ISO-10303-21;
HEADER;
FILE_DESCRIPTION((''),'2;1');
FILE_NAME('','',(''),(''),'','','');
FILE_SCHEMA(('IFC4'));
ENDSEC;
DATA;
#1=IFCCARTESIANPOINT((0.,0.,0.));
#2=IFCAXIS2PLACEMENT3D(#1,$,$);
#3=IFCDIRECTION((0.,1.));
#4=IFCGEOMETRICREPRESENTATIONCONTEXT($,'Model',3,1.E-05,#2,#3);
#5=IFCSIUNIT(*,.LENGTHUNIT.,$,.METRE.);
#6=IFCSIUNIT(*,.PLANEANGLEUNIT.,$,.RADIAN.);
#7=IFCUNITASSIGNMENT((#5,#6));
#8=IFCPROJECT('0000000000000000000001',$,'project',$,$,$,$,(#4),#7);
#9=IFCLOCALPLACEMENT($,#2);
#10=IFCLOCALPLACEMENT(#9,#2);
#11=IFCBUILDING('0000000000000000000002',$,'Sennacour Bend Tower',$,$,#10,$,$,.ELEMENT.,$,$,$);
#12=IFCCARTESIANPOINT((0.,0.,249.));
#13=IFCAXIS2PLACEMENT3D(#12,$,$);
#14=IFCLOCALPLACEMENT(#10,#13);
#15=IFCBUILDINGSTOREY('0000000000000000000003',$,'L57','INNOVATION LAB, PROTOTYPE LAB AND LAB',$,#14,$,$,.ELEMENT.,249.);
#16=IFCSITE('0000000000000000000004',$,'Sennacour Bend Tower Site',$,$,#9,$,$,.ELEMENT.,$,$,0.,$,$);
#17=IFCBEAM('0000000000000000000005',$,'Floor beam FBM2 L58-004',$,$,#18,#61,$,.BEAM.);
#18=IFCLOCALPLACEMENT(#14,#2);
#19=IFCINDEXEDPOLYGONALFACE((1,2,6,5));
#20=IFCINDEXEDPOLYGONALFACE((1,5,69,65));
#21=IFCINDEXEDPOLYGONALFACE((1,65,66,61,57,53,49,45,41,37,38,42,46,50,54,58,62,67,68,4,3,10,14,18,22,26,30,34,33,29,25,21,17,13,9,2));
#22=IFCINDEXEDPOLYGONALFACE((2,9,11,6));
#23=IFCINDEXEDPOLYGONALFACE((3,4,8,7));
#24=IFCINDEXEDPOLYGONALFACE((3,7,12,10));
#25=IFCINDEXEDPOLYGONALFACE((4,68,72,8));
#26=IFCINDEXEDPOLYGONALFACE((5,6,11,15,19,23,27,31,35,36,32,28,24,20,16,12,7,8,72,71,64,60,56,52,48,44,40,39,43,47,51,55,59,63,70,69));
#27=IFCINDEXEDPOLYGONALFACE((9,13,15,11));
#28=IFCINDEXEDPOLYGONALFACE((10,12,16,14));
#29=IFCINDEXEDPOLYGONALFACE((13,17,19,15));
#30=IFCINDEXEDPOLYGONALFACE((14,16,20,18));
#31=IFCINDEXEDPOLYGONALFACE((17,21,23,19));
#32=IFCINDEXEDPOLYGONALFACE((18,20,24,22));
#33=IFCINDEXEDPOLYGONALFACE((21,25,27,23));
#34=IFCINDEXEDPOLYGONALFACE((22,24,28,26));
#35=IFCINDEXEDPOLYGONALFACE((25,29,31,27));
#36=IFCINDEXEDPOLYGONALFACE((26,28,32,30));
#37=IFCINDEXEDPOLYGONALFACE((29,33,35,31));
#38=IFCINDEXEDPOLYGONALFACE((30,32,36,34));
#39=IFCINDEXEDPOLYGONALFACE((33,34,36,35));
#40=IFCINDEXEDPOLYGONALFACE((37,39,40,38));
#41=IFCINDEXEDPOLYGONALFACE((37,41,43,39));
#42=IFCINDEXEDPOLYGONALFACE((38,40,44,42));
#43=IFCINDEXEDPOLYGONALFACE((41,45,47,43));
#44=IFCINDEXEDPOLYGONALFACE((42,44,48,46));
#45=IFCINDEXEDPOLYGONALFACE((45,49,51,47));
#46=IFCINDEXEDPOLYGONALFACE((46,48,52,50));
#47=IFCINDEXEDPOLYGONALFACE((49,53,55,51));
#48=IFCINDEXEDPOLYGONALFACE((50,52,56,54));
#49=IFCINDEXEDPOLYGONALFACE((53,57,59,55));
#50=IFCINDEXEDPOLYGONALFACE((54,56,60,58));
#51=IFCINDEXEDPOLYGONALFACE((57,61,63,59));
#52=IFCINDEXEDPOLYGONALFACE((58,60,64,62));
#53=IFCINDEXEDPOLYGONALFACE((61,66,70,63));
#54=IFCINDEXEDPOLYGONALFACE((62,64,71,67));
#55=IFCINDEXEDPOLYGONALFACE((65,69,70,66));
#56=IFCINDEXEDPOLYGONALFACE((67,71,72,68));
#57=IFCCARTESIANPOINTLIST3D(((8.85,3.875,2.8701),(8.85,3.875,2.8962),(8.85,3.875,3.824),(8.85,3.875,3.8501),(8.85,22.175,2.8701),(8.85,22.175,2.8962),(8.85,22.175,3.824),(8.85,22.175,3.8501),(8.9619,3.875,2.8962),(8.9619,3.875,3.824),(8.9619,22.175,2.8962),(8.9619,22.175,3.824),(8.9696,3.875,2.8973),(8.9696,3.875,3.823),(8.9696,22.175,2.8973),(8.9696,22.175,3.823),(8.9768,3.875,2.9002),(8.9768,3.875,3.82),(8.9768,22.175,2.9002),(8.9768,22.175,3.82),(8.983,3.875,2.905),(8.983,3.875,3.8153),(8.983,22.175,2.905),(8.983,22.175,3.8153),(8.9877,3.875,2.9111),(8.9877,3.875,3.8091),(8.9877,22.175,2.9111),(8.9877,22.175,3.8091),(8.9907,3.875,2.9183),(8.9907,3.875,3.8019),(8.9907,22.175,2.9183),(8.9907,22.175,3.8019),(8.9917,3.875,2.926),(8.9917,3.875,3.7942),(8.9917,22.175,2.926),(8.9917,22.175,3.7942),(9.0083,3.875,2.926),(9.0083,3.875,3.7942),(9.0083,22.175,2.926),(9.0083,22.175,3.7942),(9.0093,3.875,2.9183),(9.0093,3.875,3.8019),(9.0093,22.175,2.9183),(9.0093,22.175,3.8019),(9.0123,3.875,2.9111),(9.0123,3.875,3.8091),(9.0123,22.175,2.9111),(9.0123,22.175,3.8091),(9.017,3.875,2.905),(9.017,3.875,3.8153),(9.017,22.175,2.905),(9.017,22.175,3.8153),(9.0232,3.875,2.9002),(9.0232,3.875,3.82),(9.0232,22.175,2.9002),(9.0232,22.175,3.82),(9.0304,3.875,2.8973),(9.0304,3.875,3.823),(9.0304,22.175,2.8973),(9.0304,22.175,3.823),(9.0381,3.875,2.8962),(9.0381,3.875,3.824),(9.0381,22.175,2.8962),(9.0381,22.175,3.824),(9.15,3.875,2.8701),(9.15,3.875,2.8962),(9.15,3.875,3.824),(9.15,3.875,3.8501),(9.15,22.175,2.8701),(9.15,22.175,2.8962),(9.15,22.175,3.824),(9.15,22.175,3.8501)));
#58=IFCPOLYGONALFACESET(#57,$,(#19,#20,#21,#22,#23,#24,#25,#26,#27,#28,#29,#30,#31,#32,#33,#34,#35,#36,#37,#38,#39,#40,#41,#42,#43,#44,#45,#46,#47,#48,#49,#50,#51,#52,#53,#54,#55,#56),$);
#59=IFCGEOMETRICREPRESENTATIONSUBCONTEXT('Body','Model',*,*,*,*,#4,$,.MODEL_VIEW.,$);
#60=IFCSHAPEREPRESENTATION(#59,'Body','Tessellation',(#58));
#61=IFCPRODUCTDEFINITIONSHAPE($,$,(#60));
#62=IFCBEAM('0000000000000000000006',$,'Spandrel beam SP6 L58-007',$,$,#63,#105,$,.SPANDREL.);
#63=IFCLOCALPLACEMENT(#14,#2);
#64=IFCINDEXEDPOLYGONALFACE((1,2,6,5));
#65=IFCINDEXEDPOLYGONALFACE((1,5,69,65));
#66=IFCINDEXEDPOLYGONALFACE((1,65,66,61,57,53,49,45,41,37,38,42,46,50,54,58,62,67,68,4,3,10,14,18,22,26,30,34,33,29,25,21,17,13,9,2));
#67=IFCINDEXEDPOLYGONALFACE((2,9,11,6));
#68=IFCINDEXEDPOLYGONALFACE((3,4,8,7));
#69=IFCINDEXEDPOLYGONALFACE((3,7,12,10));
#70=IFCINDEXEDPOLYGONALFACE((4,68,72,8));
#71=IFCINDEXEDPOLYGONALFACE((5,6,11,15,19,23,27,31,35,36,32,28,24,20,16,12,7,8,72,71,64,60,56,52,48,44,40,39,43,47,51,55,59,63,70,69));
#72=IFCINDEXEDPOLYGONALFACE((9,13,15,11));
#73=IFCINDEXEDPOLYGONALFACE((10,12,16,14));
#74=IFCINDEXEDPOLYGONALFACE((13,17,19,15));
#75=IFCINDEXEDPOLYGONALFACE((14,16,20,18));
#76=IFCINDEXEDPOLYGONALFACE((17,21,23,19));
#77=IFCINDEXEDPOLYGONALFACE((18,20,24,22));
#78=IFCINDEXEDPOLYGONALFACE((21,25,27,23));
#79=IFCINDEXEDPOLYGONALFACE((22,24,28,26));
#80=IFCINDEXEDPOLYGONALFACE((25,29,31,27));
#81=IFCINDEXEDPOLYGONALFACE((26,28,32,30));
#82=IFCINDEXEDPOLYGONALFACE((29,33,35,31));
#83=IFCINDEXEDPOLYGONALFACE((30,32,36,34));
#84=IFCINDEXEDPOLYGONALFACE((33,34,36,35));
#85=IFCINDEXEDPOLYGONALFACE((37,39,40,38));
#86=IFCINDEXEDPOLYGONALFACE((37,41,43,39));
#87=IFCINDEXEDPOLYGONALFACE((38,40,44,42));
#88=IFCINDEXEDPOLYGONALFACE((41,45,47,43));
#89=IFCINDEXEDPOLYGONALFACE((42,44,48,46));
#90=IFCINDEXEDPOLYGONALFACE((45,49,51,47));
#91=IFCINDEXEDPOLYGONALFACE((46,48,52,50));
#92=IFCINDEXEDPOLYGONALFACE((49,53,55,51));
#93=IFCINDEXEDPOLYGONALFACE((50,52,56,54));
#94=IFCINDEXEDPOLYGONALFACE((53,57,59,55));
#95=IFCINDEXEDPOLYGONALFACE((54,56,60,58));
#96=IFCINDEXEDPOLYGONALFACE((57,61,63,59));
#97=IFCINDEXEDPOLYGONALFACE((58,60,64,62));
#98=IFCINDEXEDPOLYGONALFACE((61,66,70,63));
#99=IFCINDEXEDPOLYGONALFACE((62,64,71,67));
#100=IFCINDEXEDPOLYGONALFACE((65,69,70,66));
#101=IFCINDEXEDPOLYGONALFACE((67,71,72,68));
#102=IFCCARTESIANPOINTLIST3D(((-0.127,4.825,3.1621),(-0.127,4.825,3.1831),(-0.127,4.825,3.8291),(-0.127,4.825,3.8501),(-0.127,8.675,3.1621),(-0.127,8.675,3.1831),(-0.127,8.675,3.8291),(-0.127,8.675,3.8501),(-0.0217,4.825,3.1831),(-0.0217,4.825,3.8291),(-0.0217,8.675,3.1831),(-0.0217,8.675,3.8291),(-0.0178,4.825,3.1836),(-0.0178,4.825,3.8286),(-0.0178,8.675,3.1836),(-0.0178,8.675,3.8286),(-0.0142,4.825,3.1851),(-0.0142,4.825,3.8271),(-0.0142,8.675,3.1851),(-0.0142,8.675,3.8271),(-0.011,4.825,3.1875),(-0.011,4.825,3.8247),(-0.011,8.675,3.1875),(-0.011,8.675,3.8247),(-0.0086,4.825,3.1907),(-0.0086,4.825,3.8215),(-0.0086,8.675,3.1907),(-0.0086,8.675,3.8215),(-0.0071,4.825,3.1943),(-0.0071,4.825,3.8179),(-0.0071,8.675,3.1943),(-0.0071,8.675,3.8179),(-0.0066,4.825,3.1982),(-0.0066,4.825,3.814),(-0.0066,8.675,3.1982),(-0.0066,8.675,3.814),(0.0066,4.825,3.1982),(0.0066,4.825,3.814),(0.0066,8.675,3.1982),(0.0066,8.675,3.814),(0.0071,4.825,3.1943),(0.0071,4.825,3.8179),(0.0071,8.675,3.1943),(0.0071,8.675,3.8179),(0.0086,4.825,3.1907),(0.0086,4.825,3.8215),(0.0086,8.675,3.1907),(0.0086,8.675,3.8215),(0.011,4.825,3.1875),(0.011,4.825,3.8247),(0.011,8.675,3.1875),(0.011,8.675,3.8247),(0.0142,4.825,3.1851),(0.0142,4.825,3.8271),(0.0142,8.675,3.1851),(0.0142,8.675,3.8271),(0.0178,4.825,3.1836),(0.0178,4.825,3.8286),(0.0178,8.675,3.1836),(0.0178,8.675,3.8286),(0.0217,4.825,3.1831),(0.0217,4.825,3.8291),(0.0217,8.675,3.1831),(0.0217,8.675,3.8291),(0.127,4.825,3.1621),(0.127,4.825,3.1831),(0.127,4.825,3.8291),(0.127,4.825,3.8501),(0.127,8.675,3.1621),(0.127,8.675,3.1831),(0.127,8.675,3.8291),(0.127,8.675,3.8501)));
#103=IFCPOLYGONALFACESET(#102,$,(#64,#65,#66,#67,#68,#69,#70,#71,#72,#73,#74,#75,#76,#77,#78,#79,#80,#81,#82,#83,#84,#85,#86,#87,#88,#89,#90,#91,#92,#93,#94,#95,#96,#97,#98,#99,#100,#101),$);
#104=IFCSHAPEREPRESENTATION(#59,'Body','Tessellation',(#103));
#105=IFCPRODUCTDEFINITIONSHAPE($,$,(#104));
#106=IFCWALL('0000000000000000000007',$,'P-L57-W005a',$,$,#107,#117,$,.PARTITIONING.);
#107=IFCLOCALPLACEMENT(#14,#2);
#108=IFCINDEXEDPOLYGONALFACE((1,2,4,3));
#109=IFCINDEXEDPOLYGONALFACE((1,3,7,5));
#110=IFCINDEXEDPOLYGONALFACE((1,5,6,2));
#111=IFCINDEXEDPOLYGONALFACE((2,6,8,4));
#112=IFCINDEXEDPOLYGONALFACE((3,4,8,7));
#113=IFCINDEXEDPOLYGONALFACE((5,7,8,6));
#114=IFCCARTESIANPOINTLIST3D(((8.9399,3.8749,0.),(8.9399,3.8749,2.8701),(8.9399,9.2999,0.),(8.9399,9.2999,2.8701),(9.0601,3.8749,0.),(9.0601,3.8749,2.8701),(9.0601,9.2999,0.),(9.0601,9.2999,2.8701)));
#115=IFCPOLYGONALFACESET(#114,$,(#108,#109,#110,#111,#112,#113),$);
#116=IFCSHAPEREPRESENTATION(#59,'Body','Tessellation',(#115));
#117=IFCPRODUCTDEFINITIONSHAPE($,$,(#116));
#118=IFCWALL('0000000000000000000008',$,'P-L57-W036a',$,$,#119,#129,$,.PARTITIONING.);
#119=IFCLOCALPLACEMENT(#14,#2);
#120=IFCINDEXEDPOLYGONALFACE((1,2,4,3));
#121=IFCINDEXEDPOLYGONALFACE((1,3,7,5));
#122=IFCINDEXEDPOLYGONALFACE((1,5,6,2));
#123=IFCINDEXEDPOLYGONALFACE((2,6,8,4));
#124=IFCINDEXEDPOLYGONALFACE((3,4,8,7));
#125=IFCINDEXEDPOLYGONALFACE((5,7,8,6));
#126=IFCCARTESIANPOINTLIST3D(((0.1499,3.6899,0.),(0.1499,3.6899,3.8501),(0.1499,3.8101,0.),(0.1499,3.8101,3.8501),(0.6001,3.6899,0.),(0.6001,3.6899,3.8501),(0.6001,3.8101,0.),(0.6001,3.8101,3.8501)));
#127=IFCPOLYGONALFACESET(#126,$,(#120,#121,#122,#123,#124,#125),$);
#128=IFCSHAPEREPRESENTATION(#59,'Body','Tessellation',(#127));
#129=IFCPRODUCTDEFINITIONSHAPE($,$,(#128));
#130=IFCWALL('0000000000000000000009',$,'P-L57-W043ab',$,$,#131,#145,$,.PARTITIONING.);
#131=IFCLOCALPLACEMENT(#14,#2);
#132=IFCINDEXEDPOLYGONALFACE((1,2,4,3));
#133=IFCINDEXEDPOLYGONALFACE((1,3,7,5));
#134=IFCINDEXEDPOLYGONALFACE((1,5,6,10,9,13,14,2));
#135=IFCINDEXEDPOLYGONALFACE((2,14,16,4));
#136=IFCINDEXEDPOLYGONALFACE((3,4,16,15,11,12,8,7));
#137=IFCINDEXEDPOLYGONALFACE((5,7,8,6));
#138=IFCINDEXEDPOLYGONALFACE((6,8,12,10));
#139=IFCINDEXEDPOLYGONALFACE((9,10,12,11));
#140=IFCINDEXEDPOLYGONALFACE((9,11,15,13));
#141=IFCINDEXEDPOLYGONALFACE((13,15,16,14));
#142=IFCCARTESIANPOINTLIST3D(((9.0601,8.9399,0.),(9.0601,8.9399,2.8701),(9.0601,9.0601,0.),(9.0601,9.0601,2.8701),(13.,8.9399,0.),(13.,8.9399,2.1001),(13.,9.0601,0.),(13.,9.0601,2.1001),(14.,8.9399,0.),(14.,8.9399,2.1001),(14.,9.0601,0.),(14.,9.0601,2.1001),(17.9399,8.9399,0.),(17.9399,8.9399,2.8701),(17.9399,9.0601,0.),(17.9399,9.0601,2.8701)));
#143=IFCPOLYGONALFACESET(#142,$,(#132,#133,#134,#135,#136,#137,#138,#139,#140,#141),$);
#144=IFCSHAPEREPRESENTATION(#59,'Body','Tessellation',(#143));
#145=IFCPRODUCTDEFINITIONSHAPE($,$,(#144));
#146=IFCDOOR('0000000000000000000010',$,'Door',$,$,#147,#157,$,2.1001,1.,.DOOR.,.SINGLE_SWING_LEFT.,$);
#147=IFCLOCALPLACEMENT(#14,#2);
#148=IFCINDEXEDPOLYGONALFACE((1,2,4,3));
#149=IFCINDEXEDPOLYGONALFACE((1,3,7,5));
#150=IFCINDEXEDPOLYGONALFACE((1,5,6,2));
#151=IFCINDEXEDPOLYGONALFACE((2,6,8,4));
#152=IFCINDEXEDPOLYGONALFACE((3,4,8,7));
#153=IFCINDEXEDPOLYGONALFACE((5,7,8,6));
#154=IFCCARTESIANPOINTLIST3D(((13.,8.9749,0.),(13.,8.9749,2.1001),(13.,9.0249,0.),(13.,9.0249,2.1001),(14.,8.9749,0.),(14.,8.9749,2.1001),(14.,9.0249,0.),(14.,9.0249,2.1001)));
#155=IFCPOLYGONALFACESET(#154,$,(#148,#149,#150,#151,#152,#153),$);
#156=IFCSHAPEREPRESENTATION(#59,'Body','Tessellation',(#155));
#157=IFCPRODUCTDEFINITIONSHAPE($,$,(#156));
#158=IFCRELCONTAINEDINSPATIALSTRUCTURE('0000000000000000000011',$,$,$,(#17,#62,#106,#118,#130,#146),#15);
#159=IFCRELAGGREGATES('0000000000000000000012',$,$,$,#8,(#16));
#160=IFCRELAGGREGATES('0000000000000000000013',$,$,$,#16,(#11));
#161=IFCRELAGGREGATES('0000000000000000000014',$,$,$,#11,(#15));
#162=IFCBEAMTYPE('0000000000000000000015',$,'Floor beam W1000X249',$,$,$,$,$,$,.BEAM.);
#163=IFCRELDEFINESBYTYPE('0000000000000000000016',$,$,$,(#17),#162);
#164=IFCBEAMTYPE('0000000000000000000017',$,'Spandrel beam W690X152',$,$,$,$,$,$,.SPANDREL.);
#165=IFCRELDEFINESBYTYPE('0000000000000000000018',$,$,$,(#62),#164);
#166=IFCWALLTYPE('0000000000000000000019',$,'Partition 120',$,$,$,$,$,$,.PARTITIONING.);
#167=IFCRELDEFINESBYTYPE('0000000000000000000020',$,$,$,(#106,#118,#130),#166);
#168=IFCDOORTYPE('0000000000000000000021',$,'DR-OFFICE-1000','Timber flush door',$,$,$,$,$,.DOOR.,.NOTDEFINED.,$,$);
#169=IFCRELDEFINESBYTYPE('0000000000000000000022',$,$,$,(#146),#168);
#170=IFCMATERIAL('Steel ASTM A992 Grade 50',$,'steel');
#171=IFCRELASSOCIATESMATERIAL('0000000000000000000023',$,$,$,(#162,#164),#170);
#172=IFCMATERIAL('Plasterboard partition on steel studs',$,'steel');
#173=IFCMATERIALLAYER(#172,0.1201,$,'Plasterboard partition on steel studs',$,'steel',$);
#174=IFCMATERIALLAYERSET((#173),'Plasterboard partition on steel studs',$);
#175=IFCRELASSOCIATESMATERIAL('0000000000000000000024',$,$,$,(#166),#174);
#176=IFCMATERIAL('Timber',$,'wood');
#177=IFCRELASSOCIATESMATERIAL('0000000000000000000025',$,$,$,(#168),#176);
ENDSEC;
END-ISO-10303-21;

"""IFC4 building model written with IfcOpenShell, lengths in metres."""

from ifc_helpers import new_model, si_unit, direction, frame, frame_2d, origin, origin_2d, place, context, subcontext, project, spatial, rectangle, i_section, extrude, material, layer, layer_set, material_profile, profile_set, type_object, element, fill, save


model = new_model("IFC4")

# Units and contexts
model_context = context("Model", 3, precision=1e-05, world=origin(), true_north=direction((0.0, 1.0)))
body_context = subcontext(model_context, "Body", "Model", "MODEL_VIEW")
ifc_project = project(units=[si_unit("LENGTHUNIT", "METRE"), si_unit("PLANEANGLEUNIT", "RADIAN")], contexts=[model_context])

# Site, building, storey
site_placement = place(None, origin())
site = spatial("IfcSite", under=ifc_project, at=site_placement, Name="Sennacour Bend Tower Site", CompositionType="ELEMENT", RefElevation=0.0)
building_placement = place(site_placement, origin())
building = spatial("IfcBuilding", under=site, at=building_placement, Name="Sennacour Bend Tower", CompositionType="ELEMENT")
storey_placement = place(building_placement, frame((0.0, 0.0, 249.0)))
storey = spatial("IfcBuildingStorey", under=building, at=storey_placement, Name="L57", Description="INNOVATION LAB, PROTOTYPE LAB AND LAB", CompositionType="ELEMENT", Elevation=249.0)

# Beams
ifc_material_1 = material(Name="Steel ASTM A992 Grade 50", Category="steel")
ifc_material_profile_1 = material_profile(ifc_material_1, i_section(OverallWidth=0.3, OverallDepth=0.98, WebThickness=0.0166, FlangeThickness=0.0261, FilletRadius=0.0298, at=origin_2d()), Name="Steel ASTM A992 Grade 50", Category="steel")
ifc_profile_set_1 = profile_set([ifc_material_profile_1], Name="Steel ASTM A992 Grade 50")
beam_type_1 = type_object("IfcBeamType", Name="Floor beam W1000X249", PredefinedType="BEAM", material=ifc_profile_set_1)
beam_1_placement = place(storey_placement, frame((9.0, 3.875, 3.3601), z_axis=(0.0, 1.0, 0.0), x_axis=(-1.0, 0.0, 0.0)))
element("IfcBeam", 1, at=beam_1_placement, inside=storey, type_object=beam_type_1, Name="Floor beam FBM2 L58-004", PredefinedType="BEAM", context=body_context, shape_type="SweptSolid", body=[
    extrude(i_section(OverallWidth=0.3, OverallDepth=0.98, WebThickness=0.0166, FlangeThickness=0.0261, FilletRadius=0.0298, at=origin_2d()), origin(), (0.0, 0.0, 1.0), 18.3),
])
ifc_material_profile_2 = material_profile(ifc_material_1, i_section(OverallWidth=0.2539, OverallDepth=0.688, WebThickness=0.0132, FlangeThickness=0.021, FilletRadius=0.0151, at=origin_2d()), Name="Steel ASTM A992 Grade 50", Category="steel")
ifc_profile_set_2 = profile_set([ifc_material_profile_2], Name="Steel ASTM A992 Grade 50")
beam_type_2 = type_object("IfcBeamType", Name="Spandrel beam W690X152", PredefinedType="SPANDREL", material=ifc_profile_set_2)
beam_2_placement = place(storey_placement, frame((0.0, 4.825, 3.5061), z_axis=(0.0, 1.0, 0.0), x_axis=(-1.0, 0.0, 0.0)))
element("IfcBeam", 2, at=beam_2_placement, inside=storey, type_object=beam_type_2, Name="Spandrel beam SP6 L58-007", PredefinedType="SPANDREL", context=body_context, shape_type="SweptSolid", body=[
    extrude(i_section(OverallWidth=0.2539, OverallDepth=0.688, WebThickness=0.0132, FlangeThickness=0.021, FilletRadius=0.0151, at=origin_2d()), origin(), (0.0, 0.0, 1.0), 3.8501),
])

# Walls
ifc_material_2 = material(Name="Plasterboard partition on steel studs", Category="steel")
ifc_layer_1 = layer(ifc_material_2, 0.1201, Name="Plasterboard partition on steel studs", Category="steel")
ifc_layer_set_1 = layer_set([ifc_layer_1], Name="Plasterboard partition on steel studs")
wall_type_1 = type_object("IfcWallType", Name="Partition 120", PredefinedType="PARTITIONING", material=ifc_layer_set_1)
wall_1_placement = place(storey_placement, frame((9.0, 3.875, 0.0), z_axis=(0.0, 0.0, 1.0), x_axis=(0.0, 1.0, 0.0)))
element("IfcWall", 3, at=wall_1_placement, inside=storey, type_object=wall_type_1, Name="P-L57-W005a", PredefinedType="PARTITIONING", context=body_context, shape_type="SweptSolid", body=[
    extrude(rectangle(XDim=5.425, YDim=0.1201, at=frame_2d((2.7124, 0.0))), origin(), (0.0, 0.0, 1.0), 2.8701),
])
wall_2_placement = place(storey_placement, frame((0.1499, 3.75, 0.0), z_axis=(0.0, 0.0, 1.0), x_axis=(1.0, 0.0, 0.0)))
element("IfcWall", 4, at=wall_2_placement, inside=storey, type_object=wall_type_1, Name="P-L57-W036a", PredefinedType="PARTITIONING", context=body_context, shape_type="SweptSolid", body=[
    extrude(rectangle(XDim=0.4502, YDim=0.1201, at=frame_2d((0.2251, 0.0))), origin(), (0.0, 0.0, 1.0), 3.8501),
])

# Wall, opening, door
wall_3_placement = place(storey_placement, frame((9.0601, 9.0, 0.0), z_axis=(0.0, 0.0, 1.0), x_axis=(1.0, 0.0, 0.0)))
wall_3 = element("IfcWall", 5, at=wall_3_placement, inside=storey, type_object=wall_type_1, Name="P-L57-W043ab", PredefinedType="PARTITIONING", context=body_context, shape_type="SweptSolid", body=[
    extrude(rectangle(XDim=8.8799, YDim=0.1201, at=frame_2d((4.4399, 0.0))), origin(), (0.0, 0.0, 1.0), 2.8701),
])
opening_1_placement = place(wall_3_placement, frame((3.9399, 0.0, 0.0)))
opening_1 = element("IfcOpeningElement", 6, at=opening_1_placement, cuts=wall_3, PredefinedType="OPENING", context=body_context, shape_type="SweptSolid", body=[
    extrude(rectangle(XDim=1.0, YDim=2.1001, at=frame_2d((0.5, 1.05))), frame((0.0, 0.0701, 0.0), z_axis=(0.0, -1.0, 0.0), x_axis=(1.0, 0.0, 0.0)), (0.0, 0.0, 1.0), 0.1401),
])
ifc_material_3 = material(Name="Timber", Category="wood")
door_type_1 = type_object("IfcDoorType", Name="DR-OFFICE-1000", Description="Timber flush door", OperationType="NOTDEFINED", PredefinedType="DOOR", material=ifc_material_3)
door_1_placement = place(opening_1_placement, origin())
door_1 = element("IfcDoor", 7, at=door_1_placement, inside=storey, type_object=door_type_1, Name="Door", OperationType="SINGLE_SWING_LEFT", OverallHeight=2.1001, OverallWidth=1.0, PredefinedType="DOOR", context=body_context, shape_type="SweptSolid", body=[
    extrude(rectangle(XDim=1.0, YDim=2.1001, at=frame_2d((0.5, 1.05))), frame((0.0, 0.0249, 0.0), z_axis=(0.0, -1.0, 0.0), x_axis=(1.0, 0.0, 0.0)), (0.0, 0.0, 1.0), 0.05),
])
fill(opening_1, door_1)

save(model, "model.ifc")
